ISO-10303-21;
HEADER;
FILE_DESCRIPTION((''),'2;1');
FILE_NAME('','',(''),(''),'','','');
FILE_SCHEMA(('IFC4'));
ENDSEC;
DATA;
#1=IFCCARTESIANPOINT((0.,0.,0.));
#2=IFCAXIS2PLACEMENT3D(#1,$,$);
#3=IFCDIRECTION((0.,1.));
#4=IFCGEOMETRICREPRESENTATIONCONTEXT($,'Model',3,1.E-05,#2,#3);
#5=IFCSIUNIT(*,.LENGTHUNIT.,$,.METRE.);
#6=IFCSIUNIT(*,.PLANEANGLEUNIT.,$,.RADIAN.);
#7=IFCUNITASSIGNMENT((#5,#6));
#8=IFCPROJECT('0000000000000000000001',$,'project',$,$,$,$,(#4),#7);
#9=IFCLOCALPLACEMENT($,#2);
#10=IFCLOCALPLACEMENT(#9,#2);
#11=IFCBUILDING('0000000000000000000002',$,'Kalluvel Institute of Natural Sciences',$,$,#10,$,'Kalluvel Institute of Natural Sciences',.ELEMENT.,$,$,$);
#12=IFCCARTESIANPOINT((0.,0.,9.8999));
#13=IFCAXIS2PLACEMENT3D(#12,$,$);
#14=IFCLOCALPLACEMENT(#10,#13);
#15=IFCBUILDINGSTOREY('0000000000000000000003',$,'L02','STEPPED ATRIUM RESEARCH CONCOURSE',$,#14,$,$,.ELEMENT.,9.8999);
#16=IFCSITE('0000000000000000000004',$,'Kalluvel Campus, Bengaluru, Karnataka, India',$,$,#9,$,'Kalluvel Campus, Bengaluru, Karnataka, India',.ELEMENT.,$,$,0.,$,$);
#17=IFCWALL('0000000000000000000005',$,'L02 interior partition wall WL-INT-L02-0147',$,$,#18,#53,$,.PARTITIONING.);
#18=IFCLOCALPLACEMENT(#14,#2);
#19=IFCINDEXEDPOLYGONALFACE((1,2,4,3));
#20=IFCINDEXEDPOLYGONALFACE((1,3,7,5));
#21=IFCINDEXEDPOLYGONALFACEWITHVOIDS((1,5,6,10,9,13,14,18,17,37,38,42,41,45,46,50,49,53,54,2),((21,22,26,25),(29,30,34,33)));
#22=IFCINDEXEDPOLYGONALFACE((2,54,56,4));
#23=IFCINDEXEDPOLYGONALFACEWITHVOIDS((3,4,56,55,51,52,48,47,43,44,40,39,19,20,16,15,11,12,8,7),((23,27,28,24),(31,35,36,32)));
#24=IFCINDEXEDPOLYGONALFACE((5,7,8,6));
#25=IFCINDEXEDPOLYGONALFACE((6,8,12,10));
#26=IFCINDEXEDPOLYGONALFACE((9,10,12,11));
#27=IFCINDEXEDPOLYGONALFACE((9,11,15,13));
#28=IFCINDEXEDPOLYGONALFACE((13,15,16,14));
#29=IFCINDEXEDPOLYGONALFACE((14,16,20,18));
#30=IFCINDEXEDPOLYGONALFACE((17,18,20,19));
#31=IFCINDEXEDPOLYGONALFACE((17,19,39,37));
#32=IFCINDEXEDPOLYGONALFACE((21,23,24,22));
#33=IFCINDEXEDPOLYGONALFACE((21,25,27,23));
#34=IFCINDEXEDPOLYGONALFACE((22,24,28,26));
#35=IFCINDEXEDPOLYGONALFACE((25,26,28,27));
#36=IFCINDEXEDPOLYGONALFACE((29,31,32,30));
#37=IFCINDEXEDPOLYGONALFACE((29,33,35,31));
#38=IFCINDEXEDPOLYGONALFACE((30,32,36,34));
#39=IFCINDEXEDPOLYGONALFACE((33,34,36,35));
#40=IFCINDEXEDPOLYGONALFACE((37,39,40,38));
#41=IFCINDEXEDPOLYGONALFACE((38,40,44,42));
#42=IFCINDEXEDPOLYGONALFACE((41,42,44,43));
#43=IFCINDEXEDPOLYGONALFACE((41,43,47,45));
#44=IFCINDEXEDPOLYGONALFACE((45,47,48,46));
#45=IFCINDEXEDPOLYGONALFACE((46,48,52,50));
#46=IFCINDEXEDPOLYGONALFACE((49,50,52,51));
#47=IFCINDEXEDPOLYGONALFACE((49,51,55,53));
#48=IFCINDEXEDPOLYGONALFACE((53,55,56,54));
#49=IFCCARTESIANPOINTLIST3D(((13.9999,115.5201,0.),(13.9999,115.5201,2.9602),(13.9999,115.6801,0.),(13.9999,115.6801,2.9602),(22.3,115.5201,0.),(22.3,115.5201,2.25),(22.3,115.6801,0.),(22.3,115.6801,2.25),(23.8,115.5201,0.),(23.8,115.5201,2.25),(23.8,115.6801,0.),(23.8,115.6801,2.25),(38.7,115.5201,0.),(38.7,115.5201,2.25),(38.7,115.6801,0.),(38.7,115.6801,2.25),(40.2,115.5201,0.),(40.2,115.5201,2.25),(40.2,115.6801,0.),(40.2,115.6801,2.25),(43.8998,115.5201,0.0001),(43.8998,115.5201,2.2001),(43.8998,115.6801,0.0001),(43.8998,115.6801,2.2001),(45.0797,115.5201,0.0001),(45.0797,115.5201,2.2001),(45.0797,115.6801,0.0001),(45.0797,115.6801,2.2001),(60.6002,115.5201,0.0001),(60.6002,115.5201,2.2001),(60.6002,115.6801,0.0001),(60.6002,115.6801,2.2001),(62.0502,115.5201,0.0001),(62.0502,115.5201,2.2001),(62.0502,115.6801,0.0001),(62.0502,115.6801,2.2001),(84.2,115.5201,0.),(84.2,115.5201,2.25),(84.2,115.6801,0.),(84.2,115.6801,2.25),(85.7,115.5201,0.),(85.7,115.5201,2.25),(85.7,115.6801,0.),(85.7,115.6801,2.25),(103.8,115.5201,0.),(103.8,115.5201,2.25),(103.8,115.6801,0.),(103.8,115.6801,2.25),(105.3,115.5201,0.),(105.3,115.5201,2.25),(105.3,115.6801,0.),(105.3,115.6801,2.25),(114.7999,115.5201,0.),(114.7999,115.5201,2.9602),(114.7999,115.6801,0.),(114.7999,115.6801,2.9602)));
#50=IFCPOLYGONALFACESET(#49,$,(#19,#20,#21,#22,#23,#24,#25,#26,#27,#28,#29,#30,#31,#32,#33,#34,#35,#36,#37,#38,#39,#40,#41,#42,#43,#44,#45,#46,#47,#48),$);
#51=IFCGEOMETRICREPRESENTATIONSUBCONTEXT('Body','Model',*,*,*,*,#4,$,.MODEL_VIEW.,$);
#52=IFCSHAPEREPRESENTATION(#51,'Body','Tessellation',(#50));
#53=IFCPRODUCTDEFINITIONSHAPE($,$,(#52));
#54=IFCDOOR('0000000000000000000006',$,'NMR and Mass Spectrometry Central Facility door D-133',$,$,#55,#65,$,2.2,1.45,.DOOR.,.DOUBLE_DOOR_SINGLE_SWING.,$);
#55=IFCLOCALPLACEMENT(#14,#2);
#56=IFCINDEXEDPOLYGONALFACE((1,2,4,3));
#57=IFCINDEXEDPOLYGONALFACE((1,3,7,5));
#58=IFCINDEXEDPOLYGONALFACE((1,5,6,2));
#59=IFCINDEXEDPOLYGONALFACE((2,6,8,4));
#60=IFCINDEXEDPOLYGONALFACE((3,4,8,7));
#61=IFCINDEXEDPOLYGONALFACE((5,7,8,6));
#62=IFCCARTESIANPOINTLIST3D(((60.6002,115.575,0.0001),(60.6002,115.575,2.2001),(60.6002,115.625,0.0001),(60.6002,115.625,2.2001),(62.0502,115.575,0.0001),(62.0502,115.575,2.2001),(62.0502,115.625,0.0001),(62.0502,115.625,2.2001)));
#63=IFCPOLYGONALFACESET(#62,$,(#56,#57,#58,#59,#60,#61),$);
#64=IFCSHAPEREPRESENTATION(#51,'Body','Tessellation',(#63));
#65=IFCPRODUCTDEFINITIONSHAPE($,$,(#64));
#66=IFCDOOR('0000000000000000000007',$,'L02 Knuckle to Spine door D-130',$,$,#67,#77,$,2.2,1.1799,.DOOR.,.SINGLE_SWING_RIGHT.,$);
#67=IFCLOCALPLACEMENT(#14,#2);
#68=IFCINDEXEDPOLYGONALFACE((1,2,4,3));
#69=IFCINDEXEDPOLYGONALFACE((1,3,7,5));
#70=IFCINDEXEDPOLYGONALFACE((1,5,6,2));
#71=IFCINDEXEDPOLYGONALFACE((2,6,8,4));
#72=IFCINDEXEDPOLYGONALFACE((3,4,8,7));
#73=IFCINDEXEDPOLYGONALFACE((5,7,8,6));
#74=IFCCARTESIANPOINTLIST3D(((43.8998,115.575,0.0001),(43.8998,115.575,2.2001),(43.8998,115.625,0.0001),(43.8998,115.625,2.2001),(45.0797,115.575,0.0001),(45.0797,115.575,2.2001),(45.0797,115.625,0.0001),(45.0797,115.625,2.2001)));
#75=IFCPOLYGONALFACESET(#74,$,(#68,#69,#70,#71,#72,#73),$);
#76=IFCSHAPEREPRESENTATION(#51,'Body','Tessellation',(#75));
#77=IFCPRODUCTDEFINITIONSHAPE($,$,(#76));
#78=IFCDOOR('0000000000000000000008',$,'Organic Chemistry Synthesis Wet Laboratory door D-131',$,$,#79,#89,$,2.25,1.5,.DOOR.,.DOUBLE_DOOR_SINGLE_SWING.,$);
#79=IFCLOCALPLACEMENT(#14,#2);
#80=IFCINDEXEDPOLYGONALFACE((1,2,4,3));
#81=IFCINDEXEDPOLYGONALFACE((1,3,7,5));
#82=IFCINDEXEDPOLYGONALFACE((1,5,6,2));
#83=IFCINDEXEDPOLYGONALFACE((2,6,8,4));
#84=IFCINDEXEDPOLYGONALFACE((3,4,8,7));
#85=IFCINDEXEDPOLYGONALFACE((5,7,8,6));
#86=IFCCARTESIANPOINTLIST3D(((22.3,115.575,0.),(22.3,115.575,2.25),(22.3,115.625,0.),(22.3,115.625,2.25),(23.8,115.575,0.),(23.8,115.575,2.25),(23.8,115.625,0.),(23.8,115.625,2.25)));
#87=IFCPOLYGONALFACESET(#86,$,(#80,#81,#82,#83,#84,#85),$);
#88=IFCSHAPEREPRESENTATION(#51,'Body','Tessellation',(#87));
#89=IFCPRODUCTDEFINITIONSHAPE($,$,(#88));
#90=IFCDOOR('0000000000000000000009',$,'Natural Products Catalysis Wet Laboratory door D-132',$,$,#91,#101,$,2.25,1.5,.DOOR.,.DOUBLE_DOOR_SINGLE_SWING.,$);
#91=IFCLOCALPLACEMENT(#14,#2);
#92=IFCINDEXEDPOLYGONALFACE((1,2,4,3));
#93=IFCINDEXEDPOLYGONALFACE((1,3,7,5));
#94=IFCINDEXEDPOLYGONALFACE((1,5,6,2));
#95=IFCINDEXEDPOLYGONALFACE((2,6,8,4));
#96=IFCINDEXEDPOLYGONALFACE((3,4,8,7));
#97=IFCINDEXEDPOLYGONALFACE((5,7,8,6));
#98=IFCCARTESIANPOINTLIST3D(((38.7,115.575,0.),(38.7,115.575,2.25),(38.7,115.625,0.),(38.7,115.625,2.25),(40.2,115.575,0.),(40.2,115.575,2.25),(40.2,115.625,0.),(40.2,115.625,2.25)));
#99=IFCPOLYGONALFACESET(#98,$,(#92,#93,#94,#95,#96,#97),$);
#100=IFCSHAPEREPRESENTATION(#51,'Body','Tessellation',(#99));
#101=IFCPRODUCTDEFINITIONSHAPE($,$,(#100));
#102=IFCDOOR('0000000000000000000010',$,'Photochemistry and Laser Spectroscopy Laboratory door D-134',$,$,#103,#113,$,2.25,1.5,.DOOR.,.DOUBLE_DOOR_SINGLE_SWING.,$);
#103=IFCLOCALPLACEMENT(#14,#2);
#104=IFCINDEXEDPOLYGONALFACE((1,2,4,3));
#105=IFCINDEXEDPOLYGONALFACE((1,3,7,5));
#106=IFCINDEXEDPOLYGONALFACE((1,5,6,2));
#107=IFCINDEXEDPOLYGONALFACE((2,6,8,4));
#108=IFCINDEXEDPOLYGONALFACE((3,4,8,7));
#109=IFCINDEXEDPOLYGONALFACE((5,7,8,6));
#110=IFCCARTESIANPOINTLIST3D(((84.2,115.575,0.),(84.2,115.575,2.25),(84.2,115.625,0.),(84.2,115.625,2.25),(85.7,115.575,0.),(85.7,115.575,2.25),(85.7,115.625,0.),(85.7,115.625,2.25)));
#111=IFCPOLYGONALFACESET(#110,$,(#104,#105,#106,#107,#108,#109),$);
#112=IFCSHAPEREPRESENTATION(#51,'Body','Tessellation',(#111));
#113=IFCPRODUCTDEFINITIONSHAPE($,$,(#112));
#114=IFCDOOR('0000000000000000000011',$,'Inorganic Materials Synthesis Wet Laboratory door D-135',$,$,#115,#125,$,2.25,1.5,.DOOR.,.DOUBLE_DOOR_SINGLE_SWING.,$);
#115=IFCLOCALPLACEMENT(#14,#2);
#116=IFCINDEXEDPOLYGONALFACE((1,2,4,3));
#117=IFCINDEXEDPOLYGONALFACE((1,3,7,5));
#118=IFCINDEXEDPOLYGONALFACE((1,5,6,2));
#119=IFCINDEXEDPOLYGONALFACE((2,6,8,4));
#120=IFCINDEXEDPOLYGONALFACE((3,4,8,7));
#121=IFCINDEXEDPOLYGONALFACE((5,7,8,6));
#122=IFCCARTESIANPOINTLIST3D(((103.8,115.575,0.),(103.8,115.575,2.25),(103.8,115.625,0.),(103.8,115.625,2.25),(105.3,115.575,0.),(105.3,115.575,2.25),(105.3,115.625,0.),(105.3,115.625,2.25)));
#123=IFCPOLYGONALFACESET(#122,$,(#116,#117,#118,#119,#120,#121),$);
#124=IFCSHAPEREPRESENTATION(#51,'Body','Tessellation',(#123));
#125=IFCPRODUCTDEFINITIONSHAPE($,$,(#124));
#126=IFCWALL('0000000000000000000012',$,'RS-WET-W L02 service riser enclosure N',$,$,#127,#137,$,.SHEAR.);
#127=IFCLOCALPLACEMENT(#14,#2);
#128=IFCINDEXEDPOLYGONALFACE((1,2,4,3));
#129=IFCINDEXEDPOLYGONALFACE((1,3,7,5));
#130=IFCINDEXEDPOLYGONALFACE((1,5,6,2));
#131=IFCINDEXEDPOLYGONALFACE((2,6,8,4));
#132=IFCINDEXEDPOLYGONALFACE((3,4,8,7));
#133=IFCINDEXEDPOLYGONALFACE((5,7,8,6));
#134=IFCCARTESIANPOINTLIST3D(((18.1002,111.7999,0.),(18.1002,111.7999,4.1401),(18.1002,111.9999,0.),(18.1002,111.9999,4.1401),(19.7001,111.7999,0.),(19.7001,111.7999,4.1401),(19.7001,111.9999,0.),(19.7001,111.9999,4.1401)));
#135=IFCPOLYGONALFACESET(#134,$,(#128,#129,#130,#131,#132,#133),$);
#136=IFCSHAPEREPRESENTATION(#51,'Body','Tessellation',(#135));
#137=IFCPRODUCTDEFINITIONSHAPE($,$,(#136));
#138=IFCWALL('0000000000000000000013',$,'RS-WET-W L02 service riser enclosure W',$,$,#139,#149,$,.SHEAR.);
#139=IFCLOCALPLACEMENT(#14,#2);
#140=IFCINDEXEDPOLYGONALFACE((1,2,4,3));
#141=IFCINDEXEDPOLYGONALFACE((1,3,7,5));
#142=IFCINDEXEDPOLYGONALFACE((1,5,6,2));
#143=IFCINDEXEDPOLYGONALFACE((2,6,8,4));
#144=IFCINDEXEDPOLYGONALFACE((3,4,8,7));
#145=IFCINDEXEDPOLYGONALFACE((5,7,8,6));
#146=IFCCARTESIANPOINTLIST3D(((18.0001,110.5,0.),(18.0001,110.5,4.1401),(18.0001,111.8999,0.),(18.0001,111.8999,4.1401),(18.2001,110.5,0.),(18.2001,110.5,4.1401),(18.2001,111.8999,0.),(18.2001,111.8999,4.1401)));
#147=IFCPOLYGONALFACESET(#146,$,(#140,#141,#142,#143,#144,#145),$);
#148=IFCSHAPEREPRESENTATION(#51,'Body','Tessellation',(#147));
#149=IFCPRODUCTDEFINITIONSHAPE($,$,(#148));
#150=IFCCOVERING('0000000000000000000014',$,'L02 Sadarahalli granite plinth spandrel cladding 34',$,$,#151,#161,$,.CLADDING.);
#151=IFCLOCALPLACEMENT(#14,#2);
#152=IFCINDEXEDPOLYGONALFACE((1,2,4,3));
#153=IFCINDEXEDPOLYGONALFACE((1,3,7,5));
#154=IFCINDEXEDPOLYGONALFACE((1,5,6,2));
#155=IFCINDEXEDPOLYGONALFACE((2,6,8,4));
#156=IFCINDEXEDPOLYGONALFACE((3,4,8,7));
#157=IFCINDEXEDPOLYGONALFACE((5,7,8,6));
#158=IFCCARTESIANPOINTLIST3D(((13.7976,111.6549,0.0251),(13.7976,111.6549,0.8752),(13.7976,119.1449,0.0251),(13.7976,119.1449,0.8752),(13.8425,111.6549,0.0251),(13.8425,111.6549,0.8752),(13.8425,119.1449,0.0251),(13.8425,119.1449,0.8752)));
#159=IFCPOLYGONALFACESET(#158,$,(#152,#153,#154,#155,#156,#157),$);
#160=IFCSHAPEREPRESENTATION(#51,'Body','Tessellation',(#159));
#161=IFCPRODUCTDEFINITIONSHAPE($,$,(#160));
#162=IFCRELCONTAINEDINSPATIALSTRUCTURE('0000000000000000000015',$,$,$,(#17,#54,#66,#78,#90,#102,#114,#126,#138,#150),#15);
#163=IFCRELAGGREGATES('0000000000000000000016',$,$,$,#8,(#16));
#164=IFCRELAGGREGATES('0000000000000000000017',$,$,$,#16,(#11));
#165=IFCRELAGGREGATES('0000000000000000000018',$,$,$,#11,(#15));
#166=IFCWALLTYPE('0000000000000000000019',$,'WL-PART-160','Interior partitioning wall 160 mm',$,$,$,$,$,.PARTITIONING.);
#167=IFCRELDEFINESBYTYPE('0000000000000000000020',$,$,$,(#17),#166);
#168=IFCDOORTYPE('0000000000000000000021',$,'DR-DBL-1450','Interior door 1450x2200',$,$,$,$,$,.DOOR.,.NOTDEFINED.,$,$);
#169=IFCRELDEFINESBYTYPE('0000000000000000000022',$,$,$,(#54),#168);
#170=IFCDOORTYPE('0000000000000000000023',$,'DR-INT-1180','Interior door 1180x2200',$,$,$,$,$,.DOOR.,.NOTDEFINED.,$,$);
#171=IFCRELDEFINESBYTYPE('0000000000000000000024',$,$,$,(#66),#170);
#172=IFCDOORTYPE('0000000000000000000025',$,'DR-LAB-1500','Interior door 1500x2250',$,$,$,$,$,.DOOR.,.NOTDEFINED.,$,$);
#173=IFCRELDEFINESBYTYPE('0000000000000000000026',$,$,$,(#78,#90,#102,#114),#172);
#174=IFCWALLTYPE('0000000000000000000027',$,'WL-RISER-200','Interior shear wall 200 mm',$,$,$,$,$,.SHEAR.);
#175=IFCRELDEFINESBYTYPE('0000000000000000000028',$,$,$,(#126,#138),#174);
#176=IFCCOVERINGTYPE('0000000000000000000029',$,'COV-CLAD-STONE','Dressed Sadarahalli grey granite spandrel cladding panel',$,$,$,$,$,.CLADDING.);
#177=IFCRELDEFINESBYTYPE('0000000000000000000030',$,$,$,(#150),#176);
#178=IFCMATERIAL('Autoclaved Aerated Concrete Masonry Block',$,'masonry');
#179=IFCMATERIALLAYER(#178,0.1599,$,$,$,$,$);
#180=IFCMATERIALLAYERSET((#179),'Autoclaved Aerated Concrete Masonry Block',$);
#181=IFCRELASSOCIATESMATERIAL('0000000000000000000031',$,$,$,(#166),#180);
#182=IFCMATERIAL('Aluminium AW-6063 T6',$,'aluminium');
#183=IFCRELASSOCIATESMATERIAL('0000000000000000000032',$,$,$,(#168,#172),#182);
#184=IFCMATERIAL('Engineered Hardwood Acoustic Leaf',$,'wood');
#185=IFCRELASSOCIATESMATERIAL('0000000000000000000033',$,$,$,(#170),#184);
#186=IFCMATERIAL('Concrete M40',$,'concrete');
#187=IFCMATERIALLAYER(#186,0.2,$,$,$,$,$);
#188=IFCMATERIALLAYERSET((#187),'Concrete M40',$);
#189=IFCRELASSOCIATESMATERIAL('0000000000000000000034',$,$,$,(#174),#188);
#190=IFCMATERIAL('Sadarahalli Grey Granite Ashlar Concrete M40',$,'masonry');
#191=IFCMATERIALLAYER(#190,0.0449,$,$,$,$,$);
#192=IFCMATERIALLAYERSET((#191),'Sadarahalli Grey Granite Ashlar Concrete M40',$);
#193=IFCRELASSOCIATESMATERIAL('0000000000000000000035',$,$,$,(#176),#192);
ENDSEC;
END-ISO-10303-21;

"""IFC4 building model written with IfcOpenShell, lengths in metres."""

from ifc_helpers import new_model, si_unit, direction, frame, frame_2d, origin, origin_2d, place, context, subcontext, project, spatial, rectangle, extrude, material, layer, layer_set, type_object, element, fill, save


model = new_model("IFC4")

# Units and contexts
model_context = context("Model", 3, precision=1e-05, world=origin(), true_north=direction((0.0, 1.0)))
body_context = subcontext(model_context, "Body", "Model", "MODEL_VIEW")
ifc_project = project(units=[si_unit("LENGTHUNIT", "METRE"), si_unit("PLANEANGLEUNIT", "RADIAN")], contexts=[model_context])

# Site, building, storey
site_placement = place(None, origin())
site = spatial("IfcSite", under=ifc_project, at=site_placement, Name="Kalluvel Campus, Bengaluru, Karnataka, India", LongName="Kalluvel Campus, Bengaluru, Karnataka, India", CompositionType="ELEMENT", RefElevation=0.0)
building_placement = place(site_placement, origin())
building = spatial("IfcBuilding", under=site, at=building_placement, Name="Kalluvel Institute of Natural Sciences", LongName="Kalluvel Institute of Natural Sciences", CompositionType="ELEMENT")
storey_placement = place(building_placement, frame((0.0, 0.0, 9.8999)))
storey = spatial("IfcBuildingStorey", under=building, at=storey_placement, Name="L02", Description="STEPPED ATRIUM RESEARCH CONCOURSE", CompositionType="ELEMENT", Elevation=9.8999)

# Shared definitions
ifc_material_1 = material(Name="Concrete M40", Category="concrete")

# Shared definitions
ifc_material_2 = material(Name="Sadarahalli Grey Granite Ashlar Concrete M40", Category="masonry")

# Shared definitions
ifc_material_3 = material(Name="Autoclaved Aerated Concrete Masonry Block", Category="masonry")
ifc_layer_1 = layer(ifc_material_3, 0.1599)
ifc_layer_set_1 = layer_set([ifc_layer_1], Name="Autoclaved Aerated Concrete Masonry Block")
wall_type_1 = type_object("IfcWallType", Name="WL-PART-160", Description="Interior partitioning wall 160 mm", PredefinedType="PARTITIONING", material=ifc_layer_set_1)
ifc_material_4 = material(Name="Engineered Hardwood Acoustic Leaf", Category="wood")

# Wall, openings, doors
wall_1_placement = place(storey_placement, frame((14.0, 115.6001, 0.0), z_axis=(0.0, 0.0, 1.0), x_axis=(1.0, 0.0, 0.0)))
wall_1 = element("IfcWall", 1, at=wall_1_placement, inside=storey, type_object=wall_type_1, Name="L02 interior partition wall WL-INT-L02-0147", PredefinedType="PARTITIONING", context=body_context, shape_type="SweptSolid", body=[
    extrude(rectangle(XDim=100.8, YDim=0.1599, at=frame_2d((50.3999, 0.0))), origin(), (0.0, 0.0, 1.0), 2.9602),
])
opening_1_placement = place(wall_1_placement, frame((29.8999, 0.0, 0.0)))
opening_1 = element("IfcOpeningElement", 2, at=opening_1_placement, cuts=wall_1, PredefinedType="OPENING", context=body_context, shape_type="SweptSolid", body=[
    extrude(rectangle(XDim=1.1799, YDim=2.2, at=frame_2d((0.5898, 1.1001))), frame((0.0, 0.0898, 0.0), z_axis=(0.0, -1.0, 0.0), x_axis=(1.0, 0.0, 0.0)), (0.0, 0.0, 1.0), 0.1799),
])
opening_2_placement = place(wall_1_placement, frame((8.3, 0.0, 0.0)))
opening_2 = element("IfcOpeningElement", 3, at=opening_2_placement, cuts=wall_1, PredefinedType="OPENING", context=body_context, shape_type="SweptSolid", body=[
    extrude(rectangle(XDim=1.5, YDim=2.25, at=frame_2d((0.75, 1.125))), frame((0.0, 0.0898, 0.0), z_axis=(0.0, -1.0, 0.0), x_axis=(1.0, 0.0, 0.0)), (0.0, 0.0, 1.0), 0.1799),
])
opening_3_placement = place(wall_1_placement, frame((24.7, 0.0, 0.0)))
opening_3 = element("IfcOpeningElement", 4, at=opening_3_placement, cuts=wall_1, PredefinedType="OPENING", context=body_context, shape_type="SweptSolid", body=[
    extrude(rectangle(XDim=1.5, YDim=2.25, at=frame_2d((0.75, 1.125))), frame((0.0, 0.0898, 0.0), z_axis=(0.0, -1.0, 0.0), x_axis=(1.0, 0.0, 0.0)), (0.0, 0.0, 1.0), 0.1799),
])
opening_4_placement = place(wall_1_placement, frame((46.6001, 0.0, 0.0)))
opening_4 = element("IfcOpeningElement", 5, at=opening_4_placement, cuts=wall_1, PredefinedType="OPENING", context=body_context, shape_type="SweptSolid", body=[
    extrude(rectangle(XDim=1.45, YDim=2.2, at=frame_2d((0.7251, 1.1001))), frame((0.0, 0.0898, 0.0), z_axis=(0.0, -1.0, 0.0), x_axis=(1.0, 0.0, 0.0)), (0.0, 0.0, 1.0), 0.1799),
])
opening_5_placement = place(wall_1_placement, frame((70.2, 0.0, 0.0)))
opening_5 = element("IfcOpeningElement", 6, at=opening_5_placement, cuts=wall_1, PredefinedType="OPENING", context=body_context, shape_type="SweptSolid", body=[
    extrude(rectangle(XDim=1.5, YDim=2.25, at=frame_2d((0.75, 1.125))), frame((0.0, 0.0898, 0.0), z_axis=(0.0, -1.0, 0.0), x_axis=(1.0, 0.0, 0.0)), (0.0, 0.0, 1.0), 0.1799),
])
opening_6_placement = place(wall_1_placement, frame((89.8, 0.0, 0.0)))
opening_6 = element("IfcOpeningElement", 7, at=opening_6_placement, cuts=wall_1, PredefinedType="OPENING", context=body_context, shape_type="SweptSolid", body=[
    extrude(rectangle(XDim=1.5, YDim=2.25, at=frame_2d((0.75, 1.125))), frame((0.0, 0.0898, 0.0), z_axis=(0.0, -1.0, 0.0), x_axis=(1.0, 0.0, 0.0)), (0.0, 0.0, 1.0), 0.1799),
])
ifc_material_5 = material(Name="Aluminium AW-6063 T6", Category="aluminium")
door_type_1 = type_object("IfcDoorType", Name="DR-DBL-1450", Description="Interior door 1450x2200", OperationType="NOTDEFINED", PredefinedType="DOOR", material=ifc_material_5)
door_1_placement = place(opening_4_placement, origin())
door_1 = element("IfcDoor", 8, at=door_1_placement, inside=storey, type_object=door_type_1, Name="NMR and Mass Spectrometry Central Facility door D-133", OperationType="DOUBLE_DOOR_SINGLE_SWING", OverallHeight=2.2, OverallWidth=1.45, PredefinedType="DOOR", context=body_context, shape_type="SweptSolid", body=[
    extrude(rectangle(XDim=1.45, YDim=2.2, at=frame_2d((0.7251, 1.1001))), frame((0.0, 0.0249, 0.0), z_axis=(0.0, -1.0, 0.0), x_axis=(1.0, 0.0, 0.0)), (0.0, 0.0, 1.0), 0.05),
])
fill(opening_4, door_1)
door_type_2 = type_object("IfcDoorType", Name="DR-INT-1180", Description="Interior door 1180x2200", OperationType="NOTDEFINED", PredefinedType="DOOR", material=ifc_material_4)
door_2_placement = place(opening_1_placement, origin())
door_2 = element("IfcDoor", 9, at=door_2_placement, inside=storey, type_object=door_type_2, Name="L02 Knuckle to Spine door D-130", OperationType="SINGLE_SWING_RIGHT", OverallHeight=2.2, OverallWidth=1.1799, PredefinedType="DOOR", context=body_context, shape_type="SweptSolid", body=[
    extrude(rectangle(XDim=1.1799, YDim=2.2, at=frame_2d((0.5898, 1.1001))), frame((0.0, 0.0249, 0.0), z_axis=(0.0, -1.0, 0.0), x_axis=(1.0, 0.0, 0.0)), (0.0, 0.0, 1.0), 0.05),
])
fill(opening_1, door_2)
door_type_3 = type_object("IfcDoorType", Name="DR-LAB-1500", Description="Interior door 1500x2250", OperationType="NOTDEFINED", PredefinedType="DOOR", material=ifc_material_5)
door_3_placement = place(opening_2_placement, origin())
door_3 = element("IfcDoor", 10, at=door_3_placement, inside=storey, type_object=door_type_3, Name="Organic Chemistry Synthesis Wet Laboratory door D-131", OperationType="DOUBLE_DOOR_SINGLE_SWING", OverallHeight=2.25, OverallWidth=1.5, PredefinedType="DOOR", context=body_context, shape_type="SweptSolid", body=[
    extrude(rectangle(XDim=1.5, YDim=2.25, at=frame_2d((0.75, 1.125))), frame((0.0, 0.0249, 0.0), z_axis=(0.0, -1.0, 0.0), x_axis=(1.0, 0.0, 0.0)), (0.0, 0.0, 1.0), 0.05),
])
fill(opening_2, door_3)
door_4_placement = place(opening_3_placement, origin())
door_4 = element("IfcDoor", 11, at=door_4_placement, inside=storey, type_object=door_type_3, Name="Natural Products Catalysis Wet Laboratory door D-132", OperationType="DOUBLE_DOOR_SINGLE_SWING", OverallHeight=2.25, OverallWidth=1.5, PredefinedType="DOOR", context=body_context, shape_type="SweptSolid", body=[
    extrude(rectangle(XDim=1.5, YDim=2.25, at=frame_2d((0.75, 1.125))), frame((0.0, 0.0249, 0.0), z_axis=(0.0, -1.0, 0.0), x_axis=(1.0, 0.0, 0.0)), (0.0, 0.0, 1.0), 0.05),
])
fill(opening_3, door_4)
door_5_placement = place(opening_5_placement, origin())
door_5 = element("IfcDoor", 12, at=door_5_placement, inside=storey, type_object=door_type_3, Name="Photochemistry and Laser Spectroscopy Laboratory door D-134", OperationType="DOUBLE_DOOR_SINGLE_SWING", OverallHeight=2.25, OverallWidth=1.5, PredefinedType="DOOR", context=body_context, shape_type="SweptSolid", body=[
    extrude(rectangle(XDim=1.5, YDim=2.25, at=frame_2d((0.75, 1.125))), frame((0.0, 0.0249, 0.0), z_axis=(0.0, -1.0, 0.0), x_axis=(1.0, 0.0, 0.0)), (0.0, 0.0, 1.0), 0.05),
])
fill(opening_5, door_5)
door_6_placement = place(opening_6_placement, origin())
door_6 = element("IfcDoor", 13, at=door_6_placement, inside=storey, type_object=door_type_3, Name="Inorganic Materials Synthesis Wet Laboratory door D-135", OperationType="DOUBLE_DOOR_SINGLE_SWING", OverallHeight=2.25, OverallWidth=1.5, PredefinedType="DOOR", context=body_context, shape_type="SweptSolid", body=[
    extrude(rectangle(XDim=1.5, YDim=2.25, at=frame_2d((0.75, 1.125))), frame((0.0, 0.0249, 0.0), z_axis=(0.0, -1.0, 0.0), x_axis=(1.0, 0.0, 0.0)), (0.0, 0.0, 1.0), 0.05),
])
fill(opening_6, door_6)

# Walls
ifc_layer_2 = layer(ifc_material_1, 0.2)
ifc_layer_set_2 = layer_set([ifc_layer_2], Name="Concrete M40")
wall_type_2 = type_object("IfcWallType", Name="WL-RISER-200", Description="Interior shear wall 200 mm", PredefinedType="SHEAR", material=ifc_layer_set_2)
wall_2_placement = place(storey_placement, frame((19.7, 111.8999, 0.0), z_axis=(0.0, 0.0, 1.0), x_axis=(-1.0, 0.0, 0.0)))
element("IfcWall", 14, at=wall_2_placement, inside=storey, type_object=wall_type_2, Name="RS-WET-W L02 service riser enclosure N", PredefinedType="SHEAR", context=body_context, shape_type="SweptSolid", body=[
    extrude(rectangle(XDim=1.5999, YDim=0.2, at=frame_2d((0.7998, 0.0))), origin(), (0.0, 0.0, 1.0), 4.1401),
])
wall_3_placement = place(storey_placement, frame((18.1001, 111.8999, 0.0), z_axis=(0.0, 0.0, 1.0), x_axis=(0.0, -1.0, 0.0)))
element("IfcWall", 15, at=wall_3_placement, inside=storey, type_object=wall_type_2, Name="RS-WET-W L02 service riser enclosure W", PredefinedType="SHEAR", context=body_context, shape_type="SweptSolid", body=[
    extrude(rectangle(XDim=1.3999, YDim=0.2, at=frame_2d((0.7, 0.0))), origin(), (0.0, 0.0, 1.0), 4.1401),
])

# Covering
ifc_layer_3 = layer(ifc_material_2, 0.0449)
ifc_layer_set_3 = layer_set([ifc_layer_3], Name="Sadarahalli Grey Granite Ashlar Concrete M40")
covering_type = type_object("IfcCoveringType", Name="COV-CLAD-STONE", Description="Dressed Sadarahalli grey granite spandrel cladding panel", PredefinedType="CLADDING", material=ifc_layer_set_3)
covering_placement = place(storey_placement, frame((13.8201, 115.3999, 0.0251), z_axis=(0.0, 0.0, 1.0), x_axis=(0.0, 1.0, 0.0)))
element("IfcCovering", 16, at=covering_placement, inside=storey, type_object=covering_type, Name="L02 Sadarahalli granite plinth spandrel cladding 34", PredefinedType="CLADDING", context=body_context, shape_type="SweptSolid", body=[
    extrude(rectangle(XDim=7.49, YDim=0.0449, at=origin_2d()), origin(), (0.0, 0.0, 1.0), 0.8501),
])

save(model, "model.ifc")
